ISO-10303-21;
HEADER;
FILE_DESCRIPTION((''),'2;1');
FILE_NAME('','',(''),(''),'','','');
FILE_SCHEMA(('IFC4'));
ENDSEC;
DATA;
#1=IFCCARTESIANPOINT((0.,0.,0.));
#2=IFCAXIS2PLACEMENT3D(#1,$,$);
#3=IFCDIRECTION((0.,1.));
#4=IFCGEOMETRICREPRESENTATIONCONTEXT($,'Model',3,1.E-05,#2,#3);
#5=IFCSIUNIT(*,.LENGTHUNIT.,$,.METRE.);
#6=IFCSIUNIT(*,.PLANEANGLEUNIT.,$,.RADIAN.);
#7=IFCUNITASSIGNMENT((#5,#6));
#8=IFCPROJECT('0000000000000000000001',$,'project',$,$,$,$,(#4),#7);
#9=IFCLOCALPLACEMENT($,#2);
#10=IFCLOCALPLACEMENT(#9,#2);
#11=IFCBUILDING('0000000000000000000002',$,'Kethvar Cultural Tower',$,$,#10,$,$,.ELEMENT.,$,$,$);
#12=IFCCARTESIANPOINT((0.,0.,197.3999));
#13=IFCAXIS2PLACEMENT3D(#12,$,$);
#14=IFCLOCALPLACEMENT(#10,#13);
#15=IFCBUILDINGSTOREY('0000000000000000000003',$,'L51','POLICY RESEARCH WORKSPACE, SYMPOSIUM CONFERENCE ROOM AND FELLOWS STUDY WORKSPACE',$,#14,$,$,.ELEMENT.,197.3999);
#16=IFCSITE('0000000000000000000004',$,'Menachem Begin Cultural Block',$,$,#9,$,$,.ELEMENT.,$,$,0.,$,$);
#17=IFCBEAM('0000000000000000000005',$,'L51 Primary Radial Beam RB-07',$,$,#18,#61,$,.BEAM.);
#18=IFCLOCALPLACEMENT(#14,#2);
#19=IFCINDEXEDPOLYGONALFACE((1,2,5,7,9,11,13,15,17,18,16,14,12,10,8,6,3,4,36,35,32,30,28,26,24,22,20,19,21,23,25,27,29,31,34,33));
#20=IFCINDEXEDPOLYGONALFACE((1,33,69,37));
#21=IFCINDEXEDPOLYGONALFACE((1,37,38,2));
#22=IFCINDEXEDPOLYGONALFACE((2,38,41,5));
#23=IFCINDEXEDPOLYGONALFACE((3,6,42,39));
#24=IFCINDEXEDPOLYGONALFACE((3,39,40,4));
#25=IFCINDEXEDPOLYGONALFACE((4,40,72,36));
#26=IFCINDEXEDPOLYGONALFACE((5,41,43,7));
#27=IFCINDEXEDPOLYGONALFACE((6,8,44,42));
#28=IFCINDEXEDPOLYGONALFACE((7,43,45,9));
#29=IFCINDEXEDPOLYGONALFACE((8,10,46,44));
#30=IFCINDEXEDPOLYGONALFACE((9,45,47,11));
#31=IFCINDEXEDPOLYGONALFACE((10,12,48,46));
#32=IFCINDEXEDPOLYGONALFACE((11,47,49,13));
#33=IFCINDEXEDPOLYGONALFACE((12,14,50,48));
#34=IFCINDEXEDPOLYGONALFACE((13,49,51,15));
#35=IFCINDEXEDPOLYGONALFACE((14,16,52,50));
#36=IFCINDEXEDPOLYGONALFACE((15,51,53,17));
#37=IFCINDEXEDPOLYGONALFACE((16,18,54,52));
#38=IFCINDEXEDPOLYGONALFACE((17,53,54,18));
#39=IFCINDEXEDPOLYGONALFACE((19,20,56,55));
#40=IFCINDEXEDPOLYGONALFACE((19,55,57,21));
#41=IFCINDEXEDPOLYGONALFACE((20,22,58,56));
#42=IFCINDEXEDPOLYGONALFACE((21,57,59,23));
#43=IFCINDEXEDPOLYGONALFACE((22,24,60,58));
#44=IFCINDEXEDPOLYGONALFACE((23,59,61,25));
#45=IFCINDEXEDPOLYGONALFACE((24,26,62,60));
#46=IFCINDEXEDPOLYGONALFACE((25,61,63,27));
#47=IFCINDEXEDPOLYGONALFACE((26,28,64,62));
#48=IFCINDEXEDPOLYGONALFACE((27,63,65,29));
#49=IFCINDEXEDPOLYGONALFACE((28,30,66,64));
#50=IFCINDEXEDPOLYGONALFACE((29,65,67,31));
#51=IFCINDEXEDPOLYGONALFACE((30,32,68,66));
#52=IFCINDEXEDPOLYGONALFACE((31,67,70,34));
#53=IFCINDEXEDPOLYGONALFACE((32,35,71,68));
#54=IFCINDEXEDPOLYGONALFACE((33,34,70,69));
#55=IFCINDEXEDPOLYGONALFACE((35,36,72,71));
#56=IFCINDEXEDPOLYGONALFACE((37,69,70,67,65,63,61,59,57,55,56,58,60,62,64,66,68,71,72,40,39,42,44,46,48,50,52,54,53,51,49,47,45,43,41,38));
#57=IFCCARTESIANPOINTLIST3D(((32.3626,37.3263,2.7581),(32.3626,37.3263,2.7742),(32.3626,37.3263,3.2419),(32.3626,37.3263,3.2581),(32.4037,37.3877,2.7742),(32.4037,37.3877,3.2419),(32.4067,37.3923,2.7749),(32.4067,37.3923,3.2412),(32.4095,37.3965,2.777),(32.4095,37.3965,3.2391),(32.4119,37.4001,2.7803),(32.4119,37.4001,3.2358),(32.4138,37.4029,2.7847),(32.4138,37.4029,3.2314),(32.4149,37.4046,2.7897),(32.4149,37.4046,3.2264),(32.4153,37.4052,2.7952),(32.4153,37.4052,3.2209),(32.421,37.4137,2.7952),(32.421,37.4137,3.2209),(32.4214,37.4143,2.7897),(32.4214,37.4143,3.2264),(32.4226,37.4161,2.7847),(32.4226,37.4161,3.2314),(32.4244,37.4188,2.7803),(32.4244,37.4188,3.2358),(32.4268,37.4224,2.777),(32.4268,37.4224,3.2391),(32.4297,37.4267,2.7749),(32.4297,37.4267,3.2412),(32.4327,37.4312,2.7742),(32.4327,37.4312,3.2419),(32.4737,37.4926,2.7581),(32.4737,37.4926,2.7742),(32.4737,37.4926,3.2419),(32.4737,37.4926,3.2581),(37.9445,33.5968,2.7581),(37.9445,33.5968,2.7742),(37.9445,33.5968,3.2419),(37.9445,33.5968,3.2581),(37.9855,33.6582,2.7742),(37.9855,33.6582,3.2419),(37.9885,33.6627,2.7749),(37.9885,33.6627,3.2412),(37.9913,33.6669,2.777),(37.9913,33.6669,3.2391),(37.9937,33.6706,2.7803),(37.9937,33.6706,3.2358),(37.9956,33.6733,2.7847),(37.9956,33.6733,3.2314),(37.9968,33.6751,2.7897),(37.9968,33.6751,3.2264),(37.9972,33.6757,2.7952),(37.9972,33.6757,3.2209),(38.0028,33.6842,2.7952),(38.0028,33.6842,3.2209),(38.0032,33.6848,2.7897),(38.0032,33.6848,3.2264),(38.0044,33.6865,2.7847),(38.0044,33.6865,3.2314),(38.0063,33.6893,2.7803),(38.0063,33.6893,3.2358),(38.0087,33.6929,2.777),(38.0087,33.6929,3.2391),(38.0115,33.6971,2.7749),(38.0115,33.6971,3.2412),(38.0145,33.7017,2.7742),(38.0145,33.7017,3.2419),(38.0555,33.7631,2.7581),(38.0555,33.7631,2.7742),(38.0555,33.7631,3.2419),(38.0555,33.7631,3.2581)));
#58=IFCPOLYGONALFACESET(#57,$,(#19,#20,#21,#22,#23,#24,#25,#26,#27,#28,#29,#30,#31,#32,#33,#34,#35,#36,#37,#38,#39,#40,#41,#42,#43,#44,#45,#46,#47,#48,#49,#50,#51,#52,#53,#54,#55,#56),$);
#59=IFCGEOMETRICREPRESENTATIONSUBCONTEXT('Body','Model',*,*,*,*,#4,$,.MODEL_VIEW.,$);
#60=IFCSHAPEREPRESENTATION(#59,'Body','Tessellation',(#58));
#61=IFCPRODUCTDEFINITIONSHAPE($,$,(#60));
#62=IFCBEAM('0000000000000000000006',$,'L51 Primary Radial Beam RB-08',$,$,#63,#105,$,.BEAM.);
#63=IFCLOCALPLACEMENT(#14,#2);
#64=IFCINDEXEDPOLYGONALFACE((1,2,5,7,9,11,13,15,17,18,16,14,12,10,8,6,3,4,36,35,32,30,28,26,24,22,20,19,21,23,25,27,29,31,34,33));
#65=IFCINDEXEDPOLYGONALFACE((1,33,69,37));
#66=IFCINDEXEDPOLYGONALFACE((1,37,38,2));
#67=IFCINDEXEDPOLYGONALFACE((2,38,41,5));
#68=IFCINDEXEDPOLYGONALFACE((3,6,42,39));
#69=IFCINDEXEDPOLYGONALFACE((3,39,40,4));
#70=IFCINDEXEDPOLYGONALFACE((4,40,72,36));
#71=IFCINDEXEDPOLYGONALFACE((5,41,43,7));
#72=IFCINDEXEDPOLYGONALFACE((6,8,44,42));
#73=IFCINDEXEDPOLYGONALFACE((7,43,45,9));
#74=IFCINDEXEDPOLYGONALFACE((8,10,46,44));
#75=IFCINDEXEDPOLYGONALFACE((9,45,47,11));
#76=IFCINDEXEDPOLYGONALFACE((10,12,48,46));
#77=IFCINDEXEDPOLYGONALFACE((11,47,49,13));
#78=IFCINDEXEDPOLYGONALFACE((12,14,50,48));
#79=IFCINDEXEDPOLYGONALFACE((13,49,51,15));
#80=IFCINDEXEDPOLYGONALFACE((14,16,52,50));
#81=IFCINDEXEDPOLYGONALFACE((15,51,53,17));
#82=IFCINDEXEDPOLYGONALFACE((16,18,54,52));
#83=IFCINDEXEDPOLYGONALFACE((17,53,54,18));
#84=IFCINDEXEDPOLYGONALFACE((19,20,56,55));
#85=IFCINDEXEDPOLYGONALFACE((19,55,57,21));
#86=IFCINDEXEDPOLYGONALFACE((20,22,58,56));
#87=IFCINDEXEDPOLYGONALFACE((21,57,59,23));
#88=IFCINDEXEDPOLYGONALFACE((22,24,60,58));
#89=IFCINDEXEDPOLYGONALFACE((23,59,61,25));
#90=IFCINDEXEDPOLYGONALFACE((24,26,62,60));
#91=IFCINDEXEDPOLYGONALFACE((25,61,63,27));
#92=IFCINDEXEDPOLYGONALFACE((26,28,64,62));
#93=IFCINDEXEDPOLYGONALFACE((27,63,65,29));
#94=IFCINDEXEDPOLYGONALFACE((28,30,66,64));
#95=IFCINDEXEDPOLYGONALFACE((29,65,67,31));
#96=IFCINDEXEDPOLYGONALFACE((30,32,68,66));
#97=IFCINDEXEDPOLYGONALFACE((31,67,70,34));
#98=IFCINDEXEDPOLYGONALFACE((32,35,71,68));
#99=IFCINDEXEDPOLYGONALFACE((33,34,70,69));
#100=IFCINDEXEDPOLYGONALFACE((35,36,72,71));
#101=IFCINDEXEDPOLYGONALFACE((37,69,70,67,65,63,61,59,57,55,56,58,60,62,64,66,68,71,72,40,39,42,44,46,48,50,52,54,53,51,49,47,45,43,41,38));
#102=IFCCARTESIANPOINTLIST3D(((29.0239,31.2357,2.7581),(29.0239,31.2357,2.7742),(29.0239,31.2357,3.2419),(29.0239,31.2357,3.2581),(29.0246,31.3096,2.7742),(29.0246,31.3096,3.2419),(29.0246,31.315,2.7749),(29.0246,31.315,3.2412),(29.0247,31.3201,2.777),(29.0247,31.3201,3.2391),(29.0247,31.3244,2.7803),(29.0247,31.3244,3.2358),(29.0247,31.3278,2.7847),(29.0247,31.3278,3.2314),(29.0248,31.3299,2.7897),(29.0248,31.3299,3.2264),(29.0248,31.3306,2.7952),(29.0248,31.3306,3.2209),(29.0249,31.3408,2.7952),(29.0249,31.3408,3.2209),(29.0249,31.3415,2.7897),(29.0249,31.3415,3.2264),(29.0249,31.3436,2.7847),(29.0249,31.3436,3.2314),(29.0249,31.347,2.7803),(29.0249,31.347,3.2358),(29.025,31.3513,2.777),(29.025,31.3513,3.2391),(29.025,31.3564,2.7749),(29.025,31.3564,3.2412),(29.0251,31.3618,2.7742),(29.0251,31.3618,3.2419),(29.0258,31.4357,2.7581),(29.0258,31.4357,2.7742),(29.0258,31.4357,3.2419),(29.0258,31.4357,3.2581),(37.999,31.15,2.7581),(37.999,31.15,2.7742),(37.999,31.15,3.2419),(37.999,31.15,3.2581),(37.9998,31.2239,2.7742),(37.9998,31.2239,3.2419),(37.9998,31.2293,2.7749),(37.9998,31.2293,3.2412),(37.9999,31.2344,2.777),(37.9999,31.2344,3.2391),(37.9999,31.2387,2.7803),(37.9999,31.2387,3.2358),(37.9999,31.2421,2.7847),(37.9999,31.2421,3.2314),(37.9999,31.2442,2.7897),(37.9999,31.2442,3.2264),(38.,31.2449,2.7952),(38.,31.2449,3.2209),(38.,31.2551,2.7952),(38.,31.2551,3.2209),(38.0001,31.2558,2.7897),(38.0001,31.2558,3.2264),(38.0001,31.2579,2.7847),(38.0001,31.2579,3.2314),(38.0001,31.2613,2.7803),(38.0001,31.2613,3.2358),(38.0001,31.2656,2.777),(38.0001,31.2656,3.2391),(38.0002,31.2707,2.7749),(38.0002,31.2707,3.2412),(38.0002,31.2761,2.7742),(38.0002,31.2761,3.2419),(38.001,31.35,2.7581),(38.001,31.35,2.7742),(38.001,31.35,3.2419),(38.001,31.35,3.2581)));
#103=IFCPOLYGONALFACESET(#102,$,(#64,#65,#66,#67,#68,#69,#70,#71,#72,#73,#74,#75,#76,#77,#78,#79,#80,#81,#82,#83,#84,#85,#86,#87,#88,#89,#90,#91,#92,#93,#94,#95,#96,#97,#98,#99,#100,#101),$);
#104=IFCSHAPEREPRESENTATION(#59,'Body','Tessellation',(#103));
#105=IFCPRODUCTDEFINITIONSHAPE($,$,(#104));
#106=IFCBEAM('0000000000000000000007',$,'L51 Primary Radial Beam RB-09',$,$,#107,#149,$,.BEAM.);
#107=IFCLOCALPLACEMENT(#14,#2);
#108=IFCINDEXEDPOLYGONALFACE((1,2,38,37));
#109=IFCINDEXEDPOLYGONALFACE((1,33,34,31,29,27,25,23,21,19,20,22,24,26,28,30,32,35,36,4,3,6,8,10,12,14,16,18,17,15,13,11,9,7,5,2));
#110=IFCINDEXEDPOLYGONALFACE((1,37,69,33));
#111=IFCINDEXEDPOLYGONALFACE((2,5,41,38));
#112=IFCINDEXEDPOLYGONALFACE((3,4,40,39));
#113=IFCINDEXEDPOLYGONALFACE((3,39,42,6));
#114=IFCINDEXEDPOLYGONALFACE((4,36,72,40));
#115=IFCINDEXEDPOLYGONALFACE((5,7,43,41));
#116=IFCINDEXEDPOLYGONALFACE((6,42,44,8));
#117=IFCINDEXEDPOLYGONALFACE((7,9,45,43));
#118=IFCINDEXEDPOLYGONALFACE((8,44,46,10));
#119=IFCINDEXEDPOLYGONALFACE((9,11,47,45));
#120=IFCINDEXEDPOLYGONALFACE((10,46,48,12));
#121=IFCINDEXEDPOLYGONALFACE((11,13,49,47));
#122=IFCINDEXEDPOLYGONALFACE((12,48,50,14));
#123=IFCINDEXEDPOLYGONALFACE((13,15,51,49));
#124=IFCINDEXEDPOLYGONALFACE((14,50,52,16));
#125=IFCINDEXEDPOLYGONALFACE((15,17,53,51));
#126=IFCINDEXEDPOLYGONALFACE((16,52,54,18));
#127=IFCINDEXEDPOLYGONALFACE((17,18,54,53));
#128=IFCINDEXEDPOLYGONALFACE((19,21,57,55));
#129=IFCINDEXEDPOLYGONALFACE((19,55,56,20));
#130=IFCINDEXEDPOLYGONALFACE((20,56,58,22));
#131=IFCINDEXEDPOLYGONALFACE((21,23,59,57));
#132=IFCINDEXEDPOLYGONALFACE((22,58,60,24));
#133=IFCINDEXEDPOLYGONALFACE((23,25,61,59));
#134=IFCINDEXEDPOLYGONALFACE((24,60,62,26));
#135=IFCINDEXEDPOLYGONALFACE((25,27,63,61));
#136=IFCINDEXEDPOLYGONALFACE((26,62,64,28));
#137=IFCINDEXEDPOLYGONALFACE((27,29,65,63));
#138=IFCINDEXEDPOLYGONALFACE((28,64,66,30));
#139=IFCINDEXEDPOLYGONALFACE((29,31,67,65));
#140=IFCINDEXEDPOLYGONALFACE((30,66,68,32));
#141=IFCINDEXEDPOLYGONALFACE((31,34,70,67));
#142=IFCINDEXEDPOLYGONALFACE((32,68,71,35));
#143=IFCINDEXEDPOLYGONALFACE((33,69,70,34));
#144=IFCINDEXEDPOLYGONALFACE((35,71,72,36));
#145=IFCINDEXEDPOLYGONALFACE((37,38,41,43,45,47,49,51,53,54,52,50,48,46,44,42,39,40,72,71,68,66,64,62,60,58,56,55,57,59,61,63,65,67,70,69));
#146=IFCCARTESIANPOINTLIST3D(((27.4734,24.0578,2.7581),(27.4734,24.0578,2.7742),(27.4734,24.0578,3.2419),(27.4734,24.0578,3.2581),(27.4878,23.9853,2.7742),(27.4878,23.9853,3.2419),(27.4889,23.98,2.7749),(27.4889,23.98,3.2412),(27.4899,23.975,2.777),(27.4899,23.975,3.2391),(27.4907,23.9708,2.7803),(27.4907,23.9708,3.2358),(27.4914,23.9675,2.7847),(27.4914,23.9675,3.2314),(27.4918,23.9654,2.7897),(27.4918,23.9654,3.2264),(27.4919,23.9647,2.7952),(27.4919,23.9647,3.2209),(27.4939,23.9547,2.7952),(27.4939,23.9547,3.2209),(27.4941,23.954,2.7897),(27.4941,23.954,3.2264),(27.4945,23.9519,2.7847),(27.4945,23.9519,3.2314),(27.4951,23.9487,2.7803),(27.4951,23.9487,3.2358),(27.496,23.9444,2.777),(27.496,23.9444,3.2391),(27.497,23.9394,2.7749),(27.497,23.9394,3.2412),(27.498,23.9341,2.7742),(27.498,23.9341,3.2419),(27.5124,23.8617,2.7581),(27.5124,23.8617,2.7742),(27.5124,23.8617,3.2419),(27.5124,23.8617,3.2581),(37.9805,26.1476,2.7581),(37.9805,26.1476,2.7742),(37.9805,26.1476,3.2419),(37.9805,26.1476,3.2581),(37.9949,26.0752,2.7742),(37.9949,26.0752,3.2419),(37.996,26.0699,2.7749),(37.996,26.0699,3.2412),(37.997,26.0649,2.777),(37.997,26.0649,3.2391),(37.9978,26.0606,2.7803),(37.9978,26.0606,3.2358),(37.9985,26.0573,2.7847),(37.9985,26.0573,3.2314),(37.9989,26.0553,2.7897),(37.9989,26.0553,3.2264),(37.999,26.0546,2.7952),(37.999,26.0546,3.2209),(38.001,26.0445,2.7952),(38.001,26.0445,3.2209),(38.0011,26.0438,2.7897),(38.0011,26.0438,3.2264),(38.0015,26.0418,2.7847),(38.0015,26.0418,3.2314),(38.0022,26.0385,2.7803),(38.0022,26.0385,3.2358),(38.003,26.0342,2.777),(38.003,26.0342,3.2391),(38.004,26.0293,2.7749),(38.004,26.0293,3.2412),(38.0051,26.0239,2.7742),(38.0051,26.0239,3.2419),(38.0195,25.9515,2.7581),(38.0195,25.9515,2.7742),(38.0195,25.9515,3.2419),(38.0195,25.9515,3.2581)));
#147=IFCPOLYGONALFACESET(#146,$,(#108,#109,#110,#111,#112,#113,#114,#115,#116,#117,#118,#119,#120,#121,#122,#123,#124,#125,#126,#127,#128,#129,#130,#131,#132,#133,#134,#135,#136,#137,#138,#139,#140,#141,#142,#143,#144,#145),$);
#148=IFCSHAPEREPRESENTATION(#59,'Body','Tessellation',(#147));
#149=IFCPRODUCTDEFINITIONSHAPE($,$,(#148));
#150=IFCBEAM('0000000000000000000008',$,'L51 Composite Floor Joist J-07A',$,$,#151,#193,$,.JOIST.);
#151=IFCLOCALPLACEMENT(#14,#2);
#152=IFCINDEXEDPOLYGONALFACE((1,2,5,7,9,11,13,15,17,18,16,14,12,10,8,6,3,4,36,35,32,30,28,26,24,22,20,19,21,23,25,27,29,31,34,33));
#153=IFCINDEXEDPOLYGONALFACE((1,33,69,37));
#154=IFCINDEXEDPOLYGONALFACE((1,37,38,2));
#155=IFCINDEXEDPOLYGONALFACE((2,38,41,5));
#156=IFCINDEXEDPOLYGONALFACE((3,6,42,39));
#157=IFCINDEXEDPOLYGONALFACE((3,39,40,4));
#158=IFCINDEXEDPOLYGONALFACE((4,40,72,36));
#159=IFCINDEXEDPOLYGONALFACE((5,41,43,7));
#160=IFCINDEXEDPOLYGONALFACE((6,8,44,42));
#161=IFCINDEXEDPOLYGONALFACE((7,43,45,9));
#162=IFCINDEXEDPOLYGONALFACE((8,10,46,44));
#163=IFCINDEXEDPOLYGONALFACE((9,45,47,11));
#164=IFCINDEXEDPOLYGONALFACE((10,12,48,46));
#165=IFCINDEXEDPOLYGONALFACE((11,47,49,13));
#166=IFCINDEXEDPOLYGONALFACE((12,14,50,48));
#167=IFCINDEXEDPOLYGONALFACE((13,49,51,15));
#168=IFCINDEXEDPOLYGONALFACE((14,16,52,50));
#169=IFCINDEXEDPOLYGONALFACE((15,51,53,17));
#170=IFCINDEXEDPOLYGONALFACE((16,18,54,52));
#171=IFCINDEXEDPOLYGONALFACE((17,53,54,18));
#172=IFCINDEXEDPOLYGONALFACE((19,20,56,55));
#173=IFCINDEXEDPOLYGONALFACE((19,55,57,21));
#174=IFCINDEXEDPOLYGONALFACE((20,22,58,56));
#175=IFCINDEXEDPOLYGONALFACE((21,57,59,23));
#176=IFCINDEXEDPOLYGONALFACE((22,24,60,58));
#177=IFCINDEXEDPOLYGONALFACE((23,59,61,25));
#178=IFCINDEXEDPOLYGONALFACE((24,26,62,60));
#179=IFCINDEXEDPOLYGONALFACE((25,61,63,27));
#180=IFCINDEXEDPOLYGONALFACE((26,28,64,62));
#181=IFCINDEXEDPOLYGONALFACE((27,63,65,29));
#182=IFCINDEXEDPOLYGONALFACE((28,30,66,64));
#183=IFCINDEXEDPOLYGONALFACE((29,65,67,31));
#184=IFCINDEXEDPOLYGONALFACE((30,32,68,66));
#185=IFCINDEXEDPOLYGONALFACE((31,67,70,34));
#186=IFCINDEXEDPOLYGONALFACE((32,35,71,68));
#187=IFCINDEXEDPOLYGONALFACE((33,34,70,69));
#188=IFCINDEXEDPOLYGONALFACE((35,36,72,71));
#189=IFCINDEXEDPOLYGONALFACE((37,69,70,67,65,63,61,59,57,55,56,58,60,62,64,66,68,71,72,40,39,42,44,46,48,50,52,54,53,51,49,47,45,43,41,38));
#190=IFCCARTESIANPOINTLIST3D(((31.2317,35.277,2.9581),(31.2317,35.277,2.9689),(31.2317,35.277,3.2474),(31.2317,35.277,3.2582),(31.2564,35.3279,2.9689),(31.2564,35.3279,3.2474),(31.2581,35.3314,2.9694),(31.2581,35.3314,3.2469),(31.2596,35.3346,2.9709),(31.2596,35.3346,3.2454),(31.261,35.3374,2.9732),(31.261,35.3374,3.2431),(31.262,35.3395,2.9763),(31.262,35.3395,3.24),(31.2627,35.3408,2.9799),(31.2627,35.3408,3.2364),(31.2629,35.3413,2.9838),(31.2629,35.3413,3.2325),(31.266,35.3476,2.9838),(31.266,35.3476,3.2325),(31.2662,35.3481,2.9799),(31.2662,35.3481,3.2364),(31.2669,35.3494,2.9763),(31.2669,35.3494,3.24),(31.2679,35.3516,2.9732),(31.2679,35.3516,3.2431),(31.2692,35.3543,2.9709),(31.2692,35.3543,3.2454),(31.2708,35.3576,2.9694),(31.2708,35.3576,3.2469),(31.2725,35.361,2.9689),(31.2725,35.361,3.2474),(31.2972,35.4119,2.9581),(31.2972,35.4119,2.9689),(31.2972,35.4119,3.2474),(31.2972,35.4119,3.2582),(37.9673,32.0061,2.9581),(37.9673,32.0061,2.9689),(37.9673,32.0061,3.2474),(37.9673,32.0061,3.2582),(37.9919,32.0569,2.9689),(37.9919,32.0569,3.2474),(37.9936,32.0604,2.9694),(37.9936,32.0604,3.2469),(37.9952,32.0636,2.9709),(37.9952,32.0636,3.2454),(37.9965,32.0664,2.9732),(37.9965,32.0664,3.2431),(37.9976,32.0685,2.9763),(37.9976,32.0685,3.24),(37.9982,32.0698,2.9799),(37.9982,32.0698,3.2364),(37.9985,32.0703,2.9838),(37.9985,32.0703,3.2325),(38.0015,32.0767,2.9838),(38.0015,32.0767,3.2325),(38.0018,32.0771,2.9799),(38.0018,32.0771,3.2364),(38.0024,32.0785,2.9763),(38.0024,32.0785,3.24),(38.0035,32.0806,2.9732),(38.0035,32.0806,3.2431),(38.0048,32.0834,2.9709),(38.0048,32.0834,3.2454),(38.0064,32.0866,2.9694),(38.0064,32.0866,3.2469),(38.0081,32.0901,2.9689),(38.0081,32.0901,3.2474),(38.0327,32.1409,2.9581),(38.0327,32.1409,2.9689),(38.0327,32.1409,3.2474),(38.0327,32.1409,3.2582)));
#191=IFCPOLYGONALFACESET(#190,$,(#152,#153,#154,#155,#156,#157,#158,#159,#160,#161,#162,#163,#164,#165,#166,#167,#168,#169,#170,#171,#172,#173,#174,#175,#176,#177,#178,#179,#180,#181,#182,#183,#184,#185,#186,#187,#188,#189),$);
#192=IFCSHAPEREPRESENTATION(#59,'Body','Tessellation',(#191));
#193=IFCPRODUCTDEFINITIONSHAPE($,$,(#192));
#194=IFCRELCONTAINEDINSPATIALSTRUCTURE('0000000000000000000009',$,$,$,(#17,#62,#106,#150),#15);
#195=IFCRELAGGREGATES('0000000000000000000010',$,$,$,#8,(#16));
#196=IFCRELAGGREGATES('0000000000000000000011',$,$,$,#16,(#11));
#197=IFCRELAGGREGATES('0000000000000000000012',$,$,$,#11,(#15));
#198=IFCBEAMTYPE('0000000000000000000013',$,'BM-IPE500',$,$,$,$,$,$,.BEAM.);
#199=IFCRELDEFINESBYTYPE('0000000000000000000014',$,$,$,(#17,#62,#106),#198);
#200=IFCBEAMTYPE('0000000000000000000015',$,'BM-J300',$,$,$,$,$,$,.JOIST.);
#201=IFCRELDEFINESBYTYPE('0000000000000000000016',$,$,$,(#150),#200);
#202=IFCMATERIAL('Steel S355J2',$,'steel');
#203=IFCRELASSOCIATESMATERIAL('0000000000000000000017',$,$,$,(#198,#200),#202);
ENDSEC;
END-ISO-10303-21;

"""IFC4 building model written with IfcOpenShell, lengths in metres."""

from ifc_helpers import new_model, si_unit, direction, frame, origin, origin_2d, place, context, subcontext, project, spatial, i_section, extrude, source, transform, mapped, material, material_profile, profile_set, type_object, element, save


model = new_model("IFC4")

# Units and contexts
model_context = context("Model", 3, precision=1e-05, world=origin(), true_north=direction((0.0, 1.0)))
body_context = subcontext(model_context, "Body", "Model", "MODEL_VIEW")
ifc_project = project(units=[si_unit("LENGTHUNIT", "METRE"), si_unit("PLANEANGLEUNIT", "RADIAN")], contexts=[model_context])

# Site, building, storey
site_placement = place(None, origin())
site = spatial("IfcSite", under=ifc_project, at=site_placement, Name="Menachem Begin Cultural Block", CompositionType="ELEMENT", RefElevation=0.0)
building_placement = place(site_placement, origin())
building = spatial("IfcBuilding", under=site, at=building_placement, Name="Kethvar Cultural Tower", CompositionType="ELEMENT")
storey_placement = place(building_placement, frame((0.0, 0.0, 197.3999)))
storey = spatial("IfcBuildingStorey", under=building, at=storey_placement, Name="L51", Description="POLICY RESEARCH WORKSPACE, SYMPOSIUM CONFERENCE ROOM AND FELLOWS STUDY WORKSPACE", CompositionType="ELEMENT", Elevation=197.3999)

# Beams
ifc_material_1 = material(Name="Steel S355J2", Category="steel")
ifc_material_profile_1 = material_profile(ifc_material_1, i_section(OverallWidth=0.2, OverallDepth=0.5, WebThickness=0.0103, FlangeThickness=0.0161, FilletRadius=0.021, at=origin_2d()), Name="Steel S355J2 — IPE500")
ifc_profile_set_1 = profile_set([ifc_material_profile_1], Name="Steel S355J2 — IPE500")
beam_type_1 = type_object("IfcBeamType", Name="BM-IPE500", PredefinedType="BEAM", material=ifc_profile_set_1)
shared_shape_1 = source(origin(), body_context, "Body", "SweptSolid", [
    extrude(i_section(OverallWidth=0.2, OverallDepth=0.5, WebThickness=0.0103, FlangeThickness=0.0161, FilletRadius=0.021, at=origin_2d()), origin(), (0.0, 0.0, 1.0), 6.7131),
])
beam_1_placement = place(storey_placement, frame((38.0, 33.6799, 3.0081), z_axis=(-0.831479, 0.555556, 0.0), x_axis=(-0.555556, -0.831479, 0.0)))
element("IfcBeam", 1, at=beam_1_placement, inside=storey, type_object=beam_type_1, Name="L51 Primary Radial Beam RB-07", PredefinedType="BEAM", context=body_context, shape_type="MappedRepresentation", body=[
    mapped(shared_shape_1, transform((0.0, 0.0, 0.0), scale=1.0)),
])
shared_shape_2 = source(origin(), body_context, "Body", "SweptSolid", [
    extrude(i_section(OverallWidth=0.2, OverallDepth=0.5, WebThickness=0.0103, FlangeThickness=0.0161, FilletRadius=0.021, at=origin_2d()), origin(), (0.0, 0.0, 1.0), 8.9756),
])
beam_2_placement = place(storey_placement, frame((38.0, 31.25, 3.0081), z_axis=(-0.999954, 0.009547, 0.0), x_axis=(-0.009547, -0.999954, 0.0)))
element("IfcBeam", 2, at=beam_2_placement, inside=storey, type_object=beam_type_1, Name="L51 Primary Radial Beam RB-08", PredefinedType="BEAM", context=body_context, shape_type="MappedRepresentation", body=[
    mapped(shared_shape_2, transform((0.0, 0.0, 0.0), scale=1.0)),
])
shared_shape_3 = source(origin(), body_context, "Body", "SweptSolid", [
    extrude(i_section(OverallWidth=0.2, OverallDepth=0.5, WebThickness=0.0103, FlangeThickness=0.0161, FilletRadius=0.021, at=origin_2d()), origin(), (0.0, 0.0, 1.0), 10.7129),
])
beam_3_placement = place(storey_placement, frame((38.0, 26.0496, 3.0081), z_axis=(-0.980788, -0.195077, 0.0), x_axis=(0.195077, -0.980788, 0.0)))
element("IfcBeam", 3, at=beam_3_placement, inside=storey, type_object=beam_type_1, Name="L51 Primary Radial Beam RB-09", PredefinedType="BEAM", context=body_context, shape_type="MappedRepresentation", body=[
    mapped(shared_shape_3, transform((0.0, 0.0, 0.0), scale=1.0)),
])
ifc_material_profile_2 = material_profile(ifc_material_1, i_section(OverallWidth=0.1499, OverallDepth=0.3, WebThickness=0.0071, FlangeThickness=0.0107, FilletRadius=0.0149, at=origin_2d()), Name="Steel S355J2 — IPE300")
ifc_profile_set_2 = profile_set([ifc_material_profile_2], Name="Steel S355J2 — IPE300")
beam_type_2 = type_object("IfcBeamType", Name="BM-J300", PredefinedType="JOIST", material=ifc_profile_set_2)
shared_shape_4 = source(origin(), body_context, "Body", "SweptSolid", [
    extrude(i_section(OverallWidth=0.1499, OverallDepth=0.3, WebThickness=0.0071, FlangeThickness=0.0107, FilletRadius=0.0149, at=origin_2d()), origin(), (0.0, 0.0, 1.0), 7.4878),
])
beam_4_placement = place(storey_placement, frame((38.0, 32.0735, 3.1082), z_axis=(-0.899539, 0.436841, 0.0), x_axis=(-0.436841, -0.899539, 0.0)))
element("IfcBeam", 4, at=beam_4_placement, inside=storey, type_object=beam_type_2, Name="L51 Composite Floor Joist J-07A", PredefinedType="JOIST", context=body_context, shape_type="MappedRepresentation", body=[
    mapped(shared_shape_4, transform((0.0, 0.0, 0.0), scale=1.0)),
])

save(model, "model.ifc")
